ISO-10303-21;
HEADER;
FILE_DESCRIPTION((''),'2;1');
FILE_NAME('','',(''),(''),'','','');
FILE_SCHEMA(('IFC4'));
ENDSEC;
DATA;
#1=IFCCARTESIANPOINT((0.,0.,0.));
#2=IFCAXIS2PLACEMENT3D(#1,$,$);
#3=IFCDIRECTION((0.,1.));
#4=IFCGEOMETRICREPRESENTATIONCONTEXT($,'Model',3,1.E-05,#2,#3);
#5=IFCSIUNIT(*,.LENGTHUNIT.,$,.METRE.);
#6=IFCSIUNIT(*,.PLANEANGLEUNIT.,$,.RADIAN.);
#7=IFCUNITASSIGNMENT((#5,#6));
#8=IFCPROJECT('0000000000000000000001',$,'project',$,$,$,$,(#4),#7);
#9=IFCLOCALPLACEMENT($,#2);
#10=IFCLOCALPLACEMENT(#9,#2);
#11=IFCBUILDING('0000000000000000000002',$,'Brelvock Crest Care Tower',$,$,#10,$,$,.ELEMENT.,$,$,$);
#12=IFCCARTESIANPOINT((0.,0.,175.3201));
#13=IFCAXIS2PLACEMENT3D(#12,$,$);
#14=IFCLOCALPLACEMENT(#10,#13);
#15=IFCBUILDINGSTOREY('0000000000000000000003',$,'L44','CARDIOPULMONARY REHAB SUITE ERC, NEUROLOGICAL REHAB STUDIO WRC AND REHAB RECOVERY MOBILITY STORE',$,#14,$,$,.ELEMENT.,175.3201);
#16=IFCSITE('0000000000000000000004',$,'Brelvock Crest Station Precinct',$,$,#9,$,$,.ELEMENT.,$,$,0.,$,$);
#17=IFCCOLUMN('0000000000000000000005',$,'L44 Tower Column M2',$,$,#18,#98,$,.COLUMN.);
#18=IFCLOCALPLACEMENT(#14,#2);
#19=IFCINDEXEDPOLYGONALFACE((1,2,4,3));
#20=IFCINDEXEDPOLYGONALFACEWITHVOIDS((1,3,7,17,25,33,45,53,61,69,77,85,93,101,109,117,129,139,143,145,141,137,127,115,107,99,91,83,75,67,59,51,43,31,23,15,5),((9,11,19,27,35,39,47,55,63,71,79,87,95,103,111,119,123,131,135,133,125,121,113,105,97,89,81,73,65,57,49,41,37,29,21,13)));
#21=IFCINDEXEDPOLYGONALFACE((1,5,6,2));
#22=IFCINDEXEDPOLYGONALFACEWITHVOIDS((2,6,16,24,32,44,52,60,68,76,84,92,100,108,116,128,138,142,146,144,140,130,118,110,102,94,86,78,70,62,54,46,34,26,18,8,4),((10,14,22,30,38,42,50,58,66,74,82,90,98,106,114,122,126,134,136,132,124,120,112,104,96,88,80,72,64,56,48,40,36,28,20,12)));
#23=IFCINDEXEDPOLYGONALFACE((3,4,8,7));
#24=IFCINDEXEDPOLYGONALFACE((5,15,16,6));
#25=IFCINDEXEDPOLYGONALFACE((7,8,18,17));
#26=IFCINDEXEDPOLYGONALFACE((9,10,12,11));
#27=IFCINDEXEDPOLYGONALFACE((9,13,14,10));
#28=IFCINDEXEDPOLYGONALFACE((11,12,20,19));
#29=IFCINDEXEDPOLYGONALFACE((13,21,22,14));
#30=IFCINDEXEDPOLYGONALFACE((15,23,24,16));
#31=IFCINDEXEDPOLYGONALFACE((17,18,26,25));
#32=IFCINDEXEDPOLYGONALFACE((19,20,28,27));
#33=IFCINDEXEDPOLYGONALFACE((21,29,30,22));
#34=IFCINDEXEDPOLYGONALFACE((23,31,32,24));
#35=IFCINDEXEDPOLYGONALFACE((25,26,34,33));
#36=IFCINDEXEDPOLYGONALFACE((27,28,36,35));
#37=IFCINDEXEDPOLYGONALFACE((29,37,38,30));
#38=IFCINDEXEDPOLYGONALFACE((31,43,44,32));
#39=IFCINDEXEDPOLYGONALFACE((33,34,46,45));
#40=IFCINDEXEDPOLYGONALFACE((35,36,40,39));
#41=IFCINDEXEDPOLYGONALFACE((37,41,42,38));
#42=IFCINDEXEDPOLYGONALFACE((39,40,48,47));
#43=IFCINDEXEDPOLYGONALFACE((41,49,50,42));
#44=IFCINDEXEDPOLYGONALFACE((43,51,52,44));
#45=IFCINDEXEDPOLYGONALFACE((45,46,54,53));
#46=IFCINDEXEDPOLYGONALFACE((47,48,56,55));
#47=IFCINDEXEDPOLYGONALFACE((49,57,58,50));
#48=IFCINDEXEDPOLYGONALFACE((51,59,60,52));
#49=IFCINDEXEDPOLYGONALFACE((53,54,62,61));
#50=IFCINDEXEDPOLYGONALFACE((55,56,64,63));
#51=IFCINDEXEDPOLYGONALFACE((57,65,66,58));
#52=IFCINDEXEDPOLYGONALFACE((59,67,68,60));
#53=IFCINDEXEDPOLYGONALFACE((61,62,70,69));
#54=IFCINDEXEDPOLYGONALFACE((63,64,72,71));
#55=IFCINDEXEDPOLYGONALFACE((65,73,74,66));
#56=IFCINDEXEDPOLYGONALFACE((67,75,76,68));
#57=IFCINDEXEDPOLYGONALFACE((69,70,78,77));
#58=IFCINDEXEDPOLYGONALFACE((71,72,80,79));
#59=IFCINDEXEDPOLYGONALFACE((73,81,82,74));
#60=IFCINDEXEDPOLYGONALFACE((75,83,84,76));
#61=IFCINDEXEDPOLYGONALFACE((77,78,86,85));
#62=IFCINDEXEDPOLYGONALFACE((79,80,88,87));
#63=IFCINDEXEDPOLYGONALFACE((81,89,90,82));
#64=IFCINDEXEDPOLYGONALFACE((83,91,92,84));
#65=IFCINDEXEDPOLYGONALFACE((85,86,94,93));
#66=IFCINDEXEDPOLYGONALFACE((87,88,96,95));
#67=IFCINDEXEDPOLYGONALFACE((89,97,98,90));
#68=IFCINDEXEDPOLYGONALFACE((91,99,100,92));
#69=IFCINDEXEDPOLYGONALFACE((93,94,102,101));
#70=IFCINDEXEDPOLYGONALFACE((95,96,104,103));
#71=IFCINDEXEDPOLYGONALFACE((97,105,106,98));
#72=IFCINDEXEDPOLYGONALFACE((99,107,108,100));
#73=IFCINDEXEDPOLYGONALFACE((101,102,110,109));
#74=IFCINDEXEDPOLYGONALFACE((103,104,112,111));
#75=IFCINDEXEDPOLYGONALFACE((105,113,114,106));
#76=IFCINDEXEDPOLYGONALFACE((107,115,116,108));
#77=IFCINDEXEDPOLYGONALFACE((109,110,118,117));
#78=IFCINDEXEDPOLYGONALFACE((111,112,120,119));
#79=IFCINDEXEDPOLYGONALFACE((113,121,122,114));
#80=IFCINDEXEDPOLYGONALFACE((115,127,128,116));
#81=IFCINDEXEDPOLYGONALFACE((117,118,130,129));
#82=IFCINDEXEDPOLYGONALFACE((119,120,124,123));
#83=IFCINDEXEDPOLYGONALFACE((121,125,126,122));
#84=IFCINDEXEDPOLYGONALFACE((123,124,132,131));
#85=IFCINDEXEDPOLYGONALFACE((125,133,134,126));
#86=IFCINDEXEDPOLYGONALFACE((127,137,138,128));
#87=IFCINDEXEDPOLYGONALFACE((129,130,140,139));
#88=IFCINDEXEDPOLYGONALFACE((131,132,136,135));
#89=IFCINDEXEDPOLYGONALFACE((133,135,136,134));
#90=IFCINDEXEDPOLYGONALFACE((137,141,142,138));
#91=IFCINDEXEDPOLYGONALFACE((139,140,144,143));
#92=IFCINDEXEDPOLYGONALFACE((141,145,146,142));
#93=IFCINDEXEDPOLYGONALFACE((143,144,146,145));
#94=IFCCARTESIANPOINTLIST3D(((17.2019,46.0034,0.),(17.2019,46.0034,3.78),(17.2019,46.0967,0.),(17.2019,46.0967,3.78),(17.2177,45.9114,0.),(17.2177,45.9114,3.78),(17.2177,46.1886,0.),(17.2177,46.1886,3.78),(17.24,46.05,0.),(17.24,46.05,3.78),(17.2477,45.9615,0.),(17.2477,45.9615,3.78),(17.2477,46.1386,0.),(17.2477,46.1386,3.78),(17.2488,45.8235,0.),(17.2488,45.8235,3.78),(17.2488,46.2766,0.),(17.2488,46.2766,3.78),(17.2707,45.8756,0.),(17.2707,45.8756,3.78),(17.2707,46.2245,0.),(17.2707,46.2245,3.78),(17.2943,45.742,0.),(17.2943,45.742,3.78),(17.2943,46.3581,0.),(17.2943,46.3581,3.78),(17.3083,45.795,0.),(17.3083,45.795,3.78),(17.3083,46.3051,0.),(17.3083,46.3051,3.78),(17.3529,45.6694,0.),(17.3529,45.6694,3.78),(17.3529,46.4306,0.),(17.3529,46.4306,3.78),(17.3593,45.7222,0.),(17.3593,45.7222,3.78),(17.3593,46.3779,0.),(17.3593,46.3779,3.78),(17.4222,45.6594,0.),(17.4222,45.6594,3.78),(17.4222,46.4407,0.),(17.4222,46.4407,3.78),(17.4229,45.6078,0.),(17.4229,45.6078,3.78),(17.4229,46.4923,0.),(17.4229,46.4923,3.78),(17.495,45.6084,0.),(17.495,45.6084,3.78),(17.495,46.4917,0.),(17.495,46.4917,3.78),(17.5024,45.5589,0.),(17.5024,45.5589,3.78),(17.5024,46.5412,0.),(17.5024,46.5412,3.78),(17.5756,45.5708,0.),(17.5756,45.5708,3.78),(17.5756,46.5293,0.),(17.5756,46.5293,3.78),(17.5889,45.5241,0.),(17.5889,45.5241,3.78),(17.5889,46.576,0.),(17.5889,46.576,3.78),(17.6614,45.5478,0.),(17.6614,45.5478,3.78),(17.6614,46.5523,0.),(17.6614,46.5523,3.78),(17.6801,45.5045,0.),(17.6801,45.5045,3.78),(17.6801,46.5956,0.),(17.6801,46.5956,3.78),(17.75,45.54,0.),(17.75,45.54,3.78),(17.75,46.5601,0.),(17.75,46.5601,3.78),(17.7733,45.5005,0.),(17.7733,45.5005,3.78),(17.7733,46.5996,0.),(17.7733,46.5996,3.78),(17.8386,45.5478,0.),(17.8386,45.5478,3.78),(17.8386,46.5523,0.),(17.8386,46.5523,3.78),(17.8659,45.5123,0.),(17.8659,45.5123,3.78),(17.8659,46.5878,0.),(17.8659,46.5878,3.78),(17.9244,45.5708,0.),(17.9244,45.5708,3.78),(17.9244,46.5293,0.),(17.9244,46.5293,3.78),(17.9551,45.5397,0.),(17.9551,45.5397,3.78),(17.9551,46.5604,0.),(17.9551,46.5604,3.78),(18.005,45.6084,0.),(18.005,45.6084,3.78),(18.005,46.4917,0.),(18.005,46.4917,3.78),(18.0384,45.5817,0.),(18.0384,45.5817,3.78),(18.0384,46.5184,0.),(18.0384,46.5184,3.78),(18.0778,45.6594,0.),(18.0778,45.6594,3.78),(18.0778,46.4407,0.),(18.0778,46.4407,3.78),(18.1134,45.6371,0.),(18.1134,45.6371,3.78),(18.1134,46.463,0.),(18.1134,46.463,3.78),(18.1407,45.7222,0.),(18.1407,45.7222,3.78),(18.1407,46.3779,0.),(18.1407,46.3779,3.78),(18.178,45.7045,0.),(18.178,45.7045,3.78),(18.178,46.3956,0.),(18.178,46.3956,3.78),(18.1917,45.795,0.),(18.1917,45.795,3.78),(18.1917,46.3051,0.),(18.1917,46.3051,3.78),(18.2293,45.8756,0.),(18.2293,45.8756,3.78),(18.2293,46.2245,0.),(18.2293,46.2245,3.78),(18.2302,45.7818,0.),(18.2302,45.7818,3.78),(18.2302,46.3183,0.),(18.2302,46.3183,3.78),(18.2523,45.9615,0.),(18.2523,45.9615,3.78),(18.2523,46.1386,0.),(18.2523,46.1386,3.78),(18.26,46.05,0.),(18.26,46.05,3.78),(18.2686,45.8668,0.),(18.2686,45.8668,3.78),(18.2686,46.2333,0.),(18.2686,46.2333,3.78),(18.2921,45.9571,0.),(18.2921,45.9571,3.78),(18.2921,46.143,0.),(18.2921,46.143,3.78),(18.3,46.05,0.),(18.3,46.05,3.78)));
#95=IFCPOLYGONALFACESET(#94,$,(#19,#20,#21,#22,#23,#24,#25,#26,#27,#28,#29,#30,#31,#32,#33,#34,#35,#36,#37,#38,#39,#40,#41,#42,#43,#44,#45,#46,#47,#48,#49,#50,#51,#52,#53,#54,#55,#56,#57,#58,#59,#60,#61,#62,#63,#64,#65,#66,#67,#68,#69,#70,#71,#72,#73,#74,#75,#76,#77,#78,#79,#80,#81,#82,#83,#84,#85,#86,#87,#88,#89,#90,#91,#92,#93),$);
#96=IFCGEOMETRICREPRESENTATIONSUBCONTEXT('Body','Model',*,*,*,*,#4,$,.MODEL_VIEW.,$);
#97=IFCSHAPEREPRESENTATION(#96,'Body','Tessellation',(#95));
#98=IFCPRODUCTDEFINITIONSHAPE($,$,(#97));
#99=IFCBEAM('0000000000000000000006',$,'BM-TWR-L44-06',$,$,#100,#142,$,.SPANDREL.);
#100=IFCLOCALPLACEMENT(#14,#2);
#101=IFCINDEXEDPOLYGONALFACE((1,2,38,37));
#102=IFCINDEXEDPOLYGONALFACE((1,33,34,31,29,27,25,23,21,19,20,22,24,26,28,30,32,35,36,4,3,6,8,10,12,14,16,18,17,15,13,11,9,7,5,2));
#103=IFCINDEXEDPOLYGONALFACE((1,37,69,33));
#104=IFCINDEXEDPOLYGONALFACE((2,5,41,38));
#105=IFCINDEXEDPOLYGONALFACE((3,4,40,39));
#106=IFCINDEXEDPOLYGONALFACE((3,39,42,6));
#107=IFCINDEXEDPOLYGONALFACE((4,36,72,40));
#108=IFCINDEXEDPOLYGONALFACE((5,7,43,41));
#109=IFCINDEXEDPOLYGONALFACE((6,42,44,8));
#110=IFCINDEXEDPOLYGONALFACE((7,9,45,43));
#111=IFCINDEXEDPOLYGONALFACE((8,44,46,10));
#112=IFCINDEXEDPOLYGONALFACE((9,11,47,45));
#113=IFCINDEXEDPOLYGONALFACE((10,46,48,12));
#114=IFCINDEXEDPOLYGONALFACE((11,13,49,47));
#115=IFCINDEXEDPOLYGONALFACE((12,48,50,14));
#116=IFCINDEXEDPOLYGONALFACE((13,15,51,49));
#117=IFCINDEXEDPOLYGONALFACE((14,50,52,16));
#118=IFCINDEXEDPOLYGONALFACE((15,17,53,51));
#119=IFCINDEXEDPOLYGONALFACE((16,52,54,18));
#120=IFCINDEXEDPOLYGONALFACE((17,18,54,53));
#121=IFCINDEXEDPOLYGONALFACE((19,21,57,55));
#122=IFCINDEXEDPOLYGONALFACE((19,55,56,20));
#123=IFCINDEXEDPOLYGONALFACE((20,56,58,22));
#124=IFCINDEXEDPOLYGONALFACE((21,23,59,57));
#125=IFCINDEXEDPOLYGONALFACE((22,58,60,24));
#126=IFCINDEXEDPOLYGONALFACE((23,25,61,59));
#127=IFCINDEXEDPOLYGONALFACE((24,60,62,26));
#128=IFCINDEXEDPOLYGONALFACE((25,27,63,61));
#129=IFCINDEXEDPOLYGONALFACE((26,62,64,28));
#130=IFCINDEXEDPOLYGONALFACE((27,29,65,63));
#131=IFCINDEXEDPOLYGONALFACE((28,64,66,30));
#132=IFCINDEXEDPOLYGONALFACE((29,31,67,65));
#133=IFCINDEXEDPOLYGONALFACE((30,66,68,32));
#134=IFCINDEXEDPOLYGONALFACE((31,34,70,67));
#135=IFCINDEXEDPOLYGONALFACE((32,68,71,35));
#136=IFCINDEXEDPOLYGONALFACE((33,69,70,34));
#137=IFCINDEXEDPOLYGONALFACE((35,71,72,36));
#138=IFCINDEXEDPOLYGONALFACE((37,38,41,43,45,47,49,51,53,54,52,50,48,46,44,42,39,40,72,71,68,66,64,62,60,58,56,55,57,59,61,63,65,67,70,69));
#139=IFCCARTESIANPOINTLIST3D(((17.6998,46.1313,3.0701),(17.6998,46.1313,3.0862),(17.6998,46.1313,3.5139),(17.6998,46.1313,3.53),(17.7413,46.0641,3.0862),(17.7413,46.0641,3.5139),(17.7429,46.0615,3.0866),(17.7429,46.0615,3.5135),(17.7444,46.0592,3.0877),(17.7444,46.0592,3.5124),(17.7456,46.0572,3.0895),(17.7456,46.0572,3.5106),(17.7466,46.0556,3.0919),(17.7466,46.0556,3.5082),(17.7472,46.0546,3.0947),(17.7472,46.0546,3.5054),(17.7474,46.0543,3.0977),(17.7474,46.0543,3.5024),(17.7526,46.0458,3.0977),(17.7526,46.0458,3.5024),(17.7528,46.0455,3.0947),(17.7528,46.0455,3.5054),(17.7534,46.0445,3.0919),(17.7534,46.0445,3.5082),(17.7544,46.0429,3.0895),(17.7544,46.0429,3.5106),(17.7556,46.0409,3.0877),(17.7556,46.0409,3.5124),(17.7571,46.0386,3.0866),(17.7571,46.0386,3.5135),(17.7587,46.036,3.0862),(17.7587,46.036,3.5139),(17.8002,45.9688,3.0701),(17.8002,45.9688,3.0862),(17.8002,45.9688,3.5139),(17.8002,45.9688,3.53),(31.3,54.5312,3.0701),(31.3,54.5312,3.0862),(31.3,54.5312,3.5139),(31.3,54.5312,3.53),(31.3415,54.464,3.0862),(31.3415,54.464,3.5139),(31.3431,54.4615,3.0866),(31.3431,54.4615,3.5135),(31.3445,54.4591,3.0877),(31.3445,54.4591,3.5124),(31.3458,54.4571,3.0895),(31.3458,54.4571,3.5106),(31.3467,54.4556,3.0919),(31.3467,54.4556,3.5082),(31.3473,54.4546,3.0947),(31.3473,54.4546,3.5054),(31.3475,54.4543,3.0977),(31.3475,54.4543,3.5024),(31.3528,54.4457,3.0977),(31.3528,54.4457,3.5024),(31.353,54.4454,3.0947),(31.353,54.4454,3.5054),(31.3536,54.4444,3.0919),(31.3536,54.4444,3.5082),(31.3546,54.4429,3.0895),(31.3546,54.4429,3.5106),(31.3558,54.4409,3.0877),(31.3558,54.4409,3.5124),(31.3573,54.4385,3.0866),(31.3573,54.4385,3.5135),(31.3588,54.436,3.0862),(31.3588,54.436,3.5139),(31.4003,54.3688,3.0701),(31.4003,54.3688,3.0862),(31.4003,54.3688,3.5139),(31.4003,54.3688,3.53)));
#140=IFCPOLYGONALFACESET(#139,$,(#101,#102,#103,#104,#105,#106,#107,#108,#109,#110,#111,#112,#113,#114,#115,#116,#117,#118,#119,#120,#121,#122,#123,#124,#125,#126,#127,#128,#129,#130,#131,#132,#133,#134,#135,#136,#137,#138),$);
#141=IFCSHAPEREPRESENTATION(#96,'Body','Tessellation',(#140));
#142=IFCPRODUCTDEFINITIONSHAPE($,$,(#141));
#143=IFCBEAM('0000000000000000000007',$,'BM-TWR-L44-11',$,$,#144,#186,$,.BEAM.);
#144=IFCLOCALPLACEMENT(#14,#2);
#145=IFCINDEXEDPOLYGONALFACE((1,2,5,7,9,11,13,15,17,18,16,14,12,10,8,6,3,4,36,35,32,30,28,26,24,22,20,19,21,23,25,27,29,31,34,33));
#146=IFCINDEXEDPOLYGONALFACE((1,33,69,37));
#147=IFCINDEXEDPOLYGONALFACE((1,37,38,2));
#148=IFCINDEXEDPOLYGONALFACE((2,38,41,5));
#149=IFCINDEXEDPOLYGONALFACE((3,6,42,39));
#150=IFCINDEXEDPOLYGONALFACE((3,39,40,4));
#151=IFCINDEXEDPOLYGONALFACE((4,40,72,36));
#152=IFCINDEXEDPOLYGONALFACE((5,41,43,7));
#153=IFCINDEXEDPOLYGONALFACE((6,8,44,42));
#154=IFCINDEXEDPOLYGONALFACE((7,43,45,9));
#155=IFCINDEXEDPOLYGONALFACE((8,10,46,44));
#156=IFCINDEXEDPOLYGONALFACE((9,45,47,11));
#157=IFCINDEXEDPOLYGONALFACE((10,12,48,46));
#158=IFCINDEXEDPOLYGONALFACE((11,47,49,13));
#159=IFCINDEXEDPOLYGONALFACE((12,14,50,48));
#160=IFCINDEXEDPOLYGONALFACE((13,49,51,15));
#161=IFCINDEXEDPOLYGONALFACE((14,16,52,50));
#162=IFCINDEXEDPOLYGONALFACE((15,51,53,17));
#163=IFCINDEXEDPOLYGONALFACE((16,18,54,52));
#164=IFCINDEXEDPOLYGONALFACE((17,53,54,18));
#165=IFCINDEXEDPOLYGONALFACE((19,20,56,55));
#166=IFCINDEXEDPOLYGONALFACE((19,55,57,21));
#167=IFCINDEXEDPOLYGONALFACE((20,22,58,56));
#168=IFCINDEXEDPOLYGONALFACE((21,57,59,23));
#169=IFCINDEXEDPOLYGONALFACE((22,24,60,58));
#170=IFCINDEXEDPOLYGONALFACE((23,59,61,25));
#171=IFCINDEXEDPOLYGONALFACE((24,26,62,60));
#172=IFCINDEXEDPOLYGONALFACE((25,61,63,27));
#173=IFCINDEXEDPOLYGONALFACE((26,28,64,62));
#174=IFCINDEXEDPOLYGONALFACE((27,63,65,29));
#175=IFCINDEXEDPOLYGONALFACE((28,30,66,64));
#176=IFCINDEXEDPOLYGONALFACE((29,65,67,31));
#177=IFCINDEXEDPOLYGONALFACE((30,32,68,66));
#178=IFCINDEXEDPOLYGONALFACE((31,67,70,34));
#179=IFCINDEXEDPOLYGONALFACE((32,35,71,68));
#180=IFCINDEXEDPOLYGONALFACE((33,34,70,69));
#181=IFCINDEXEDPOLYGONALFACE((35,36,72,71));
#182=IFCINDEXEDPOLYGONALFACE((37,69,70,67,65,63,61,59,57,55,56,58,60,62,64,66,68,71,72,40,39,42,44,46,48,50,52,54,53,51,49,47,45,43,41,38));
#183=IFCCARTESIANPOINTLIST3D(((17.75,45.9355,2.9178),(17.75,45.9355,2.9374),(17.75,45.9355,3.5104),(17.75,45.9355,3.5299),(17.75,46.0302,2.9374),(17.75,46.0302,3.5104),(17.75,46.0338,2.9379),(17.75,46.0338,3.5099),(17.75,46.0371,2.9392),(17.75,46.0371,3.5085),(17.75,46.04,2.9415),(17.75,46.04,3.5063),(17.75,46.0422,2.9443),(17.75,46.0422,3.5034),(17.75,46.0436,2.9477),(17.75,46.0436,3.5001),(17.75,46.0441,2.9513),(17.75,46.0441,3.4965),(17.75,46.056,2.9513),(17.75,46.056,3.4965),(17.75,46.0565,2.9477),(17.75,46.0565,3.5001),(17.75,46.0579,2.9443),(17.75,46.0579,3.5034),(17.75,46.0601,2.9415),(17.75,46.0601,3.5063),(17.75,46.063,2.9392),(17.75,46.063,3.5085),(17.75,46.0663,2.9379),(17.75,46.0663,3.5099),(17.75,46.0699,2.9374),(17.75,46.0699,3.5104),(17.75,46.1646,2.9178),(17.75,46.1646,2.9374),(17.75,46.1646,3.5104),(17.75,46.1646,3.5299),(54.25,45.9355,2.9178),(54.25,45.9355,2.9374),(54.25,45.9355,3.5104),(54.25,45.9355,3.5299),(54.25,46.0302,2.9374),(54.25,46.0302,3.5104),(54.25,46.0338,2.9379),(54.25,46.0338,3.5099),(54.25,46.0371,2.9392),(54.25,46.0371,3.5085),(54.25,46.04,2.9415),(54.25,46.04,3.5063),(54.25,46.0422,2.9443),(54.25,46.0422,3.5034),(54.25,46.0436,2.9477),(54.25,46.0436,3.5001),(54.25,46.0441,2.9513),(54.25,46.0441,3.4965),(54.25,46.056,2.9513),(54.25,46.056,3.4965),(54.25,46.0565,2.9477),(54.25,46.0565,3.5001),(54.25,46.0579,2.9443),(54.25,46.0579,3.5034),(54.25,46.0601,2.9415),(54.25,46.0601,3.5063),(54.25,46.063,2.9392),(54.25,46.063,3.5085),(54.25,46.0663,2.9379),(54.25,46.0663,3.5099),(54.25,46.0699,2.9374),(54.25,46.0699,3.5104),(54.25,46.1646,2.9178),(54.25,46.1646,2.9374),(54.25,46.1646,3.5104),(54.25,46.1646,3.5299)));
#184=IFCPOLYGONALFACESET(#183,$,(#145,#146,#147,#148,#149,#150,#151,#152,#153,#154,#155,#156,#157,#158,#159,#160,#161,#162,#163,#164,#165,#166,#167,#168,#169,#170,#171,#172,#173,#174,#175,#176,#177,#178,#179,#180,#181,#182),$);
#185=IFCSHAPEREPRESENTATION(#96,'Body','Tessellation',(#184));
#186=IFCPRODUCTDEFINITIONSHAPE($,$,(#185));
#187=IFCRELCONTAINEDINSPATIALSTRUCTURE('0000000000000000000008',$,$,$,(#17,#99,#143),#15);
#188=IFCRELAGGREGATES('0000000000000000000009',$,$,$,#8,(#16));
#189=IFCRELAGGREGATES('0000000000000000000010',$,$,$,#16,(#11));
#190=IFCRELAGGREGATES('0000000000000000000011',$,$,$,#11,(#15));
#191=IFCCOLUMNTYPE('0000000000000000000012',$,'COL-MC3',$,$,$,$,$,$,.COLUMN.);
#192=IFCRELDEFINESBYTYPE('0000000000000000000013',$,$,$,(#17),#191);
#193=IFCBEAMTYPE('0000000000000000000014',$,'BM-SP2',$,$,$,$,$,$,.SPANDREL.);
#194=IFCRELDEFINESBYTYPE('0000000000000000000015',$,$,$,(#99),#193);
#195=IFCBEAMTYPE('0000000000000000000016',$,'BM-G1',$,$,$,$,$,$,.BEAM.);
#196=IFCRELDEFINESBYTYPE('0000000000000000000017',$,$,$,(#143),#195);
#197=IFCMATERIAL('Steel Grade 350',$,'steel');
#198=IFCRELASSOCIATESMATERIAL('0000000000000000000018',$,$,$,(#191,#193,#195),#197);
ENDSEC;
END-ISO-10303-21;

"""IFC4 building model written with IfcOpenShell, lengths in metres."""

from ifc_helpers import new_model, si_unit, direction, frame, origin, origin_2d, place, context, subcontext, project, spatial, hollow_circle, i_section, extrude, source, transform, mapped, material, material_profile, profile_set, type_object, element, save


model = new_model("IFC4")

# Units and contexts
model_context = context("Model", 3, precision=1e-05, world=origin(), true_north=direction((0.0, 1.0)))
body_context = subcontext(model_context, "Body", "Model", "MODEL_VIEW")
ifc_project = project(units=[si_unit("LENGTHUNIT", "METRE"), si_unit("PLANEANGLEUNIT", "RADIAN")], contexts=[model_context])

# Site, building, storey
site_placement = place(None, origin())
site = spatial("IfcSite", under=ifc_project, at=site_placement, Name="Brelvock Crest Station Precinct", CompositionType="ELEMENT", RefElevation=0.0)
building_placement = place(site_placement, origin())
building = spatial("IfcBuilding", under=site, at=building_placement, Name="Brelvock Crest Care Tower", CompositionType="ELEMENT")
storey_placement = place(building_placement, frame((0.0, 0.0, 175.3201)))
storey = spatial("IfcBuildingStorey", under=building, at=storey_placement, Name="L44", Description="CARDIOPULMONARY REHAB SUITE ERC, NEUROLOGICAL REHAB STUDIO WRC AND REHAB RECOVERY MOBILITY STORE", CompositionType="ELEMENT", Elevation=175.3201)

# Column
ifc_material_1 = material(Name="Steel Grade 350", Category="steel")
ifc_material_profile_1 = material_profile(ifc_material_1, hollow_circle(Radius=0.55, WallThickness=0.04, at=origin_2d()), Name="CFT1100x40")
ifc_profile_set_1 = profile_set([ifc_material_profile_1], Name="Steel Grade 350")
column_type = type_object("IfcColumnType", Name="COL-MC3", PredefinedType="COLUMN", material=ifc_profile_set_1)
shared_shape_1 = source(origin(), body_context, "Body", "SweptSolid", [
    extrude(hollow_circle(Radius=0.55, WallThickness=0.04, at=origin_2d()), origin(), (0.0, 0.0, 1.0), 3.78),
])
column_placement = place(storey_placement, frame((17.75, 46.05, 0.0), z_axis=(0.0, 0.0, 1.0), x_axis=(1.0, 0.0, 0.0)))
element("IfcColumn", 1, at=column_placement, inside=storey, type_object=column_type, Name="L44 Tower Column M2", PredefinedType="COLUMN", context=body_context, shape_type="MappedRepresentation", body=[
    mapped(shared_shape_1, transform((0.0, 0.0, 0.0), x_axis=(1.0, 0.0, 0.0), y_axis=(0.0, 1.0, 0.0), z_axis=(0.0, 0.0, 1.0), scale=1.0)),
])

# Beams
ifc_material_profile_2 = material_profile(ifc_material_1, i_section(OverallWidth=0.1909, OverallDepth=0.46, WebThickness=0.01, FlangeThickness=0.0161, FilletRadius=0.0115, at=origin_2d()), Name="460UB82.1")
ifc_profile_set_2 = profile_set([ifc_material_profile_2], Name="Steel Grade 350")
beam_type_1 = type_object("IfcBeamType", Name="BM-SP2", PredefinedType="SPANDREL", material=ifc_profile_set_2)
shared_shape_2 = source(origin(), body_context, "Body", "SweptSolid", [
    extrude(i_section(OverallWidth=0.1909, OverallDepth=0.46, WebThickness=0.01, FlangeThickness=0.0161, FilletRadius=0.0115, at=origin_2d()), origin(), (0.0, 0.0, 1.0), 15.9851),
])
beam_1_placement = place(storey_placement, frame((17.75, 46.05, 3.3), z_axis=(0.850802, 0.525486, 0.0), x_axis=(-0.525486, 0.850802, 0.0)))
element("IfcBeam", 2, at=beam_1_placement, inside=storey, type_object=beam_type_1, Name="BM-TWR-L44-06", PredefinedType="SPANDREL", context=body_context, shape_type="MappedRepresentation", body=[
    mapped(shared_shape_2, transform((0.0, 0.0, 0.0), x_axis=(1.0, 0.0, 0.0), y_axis=(0.0, 1.0, 0.0), z_axis=(0.0, 0.0, 1.0), scale=1.0)),
])
ifc_material_profile_3 = material_profile(ifc_material_1, i_section(OverallWidth=0.229, OverallDepth=0.6121, WebThickness=0.012, FlangeThickness=0.0195, FilletRadius=0.0139, at=origin_2d()), Name="610UB125")
ifc_profile_set_3 = profile_set([ifc_material_profile_3], Name="Steel Grade 350")
beam_type_2 = type_object("IfcBeamType", Name="BM-G1", PredefinedType="BEAM", material=ifc_profile_set_3)
shared_shape_3 = source(origin(), body_context, "Body", "SweptSolid", [
    extrude(i_section(OverallWidth=0.229, OverallDepth=0.6121, WebThickness=0.012, FlangeThickness=0.0195, FilletRadius=0.0139, at=origin_2d()), origin(), (0.0, 0.0, 1.0), 36.5),
])
beam_2_placement = place(storey_placement, frame((17.75, 46.05, 3.2239), z_axis=(1.0, 0.0, 0.0), x_axis=(0.0, 1.0, 0.0)))
element("IfcBeam", 3, at=beam_2_placement, inside=storey, type_object=beam_type_2, Name="BM-TWR-L44-11", PredefinedType="BEAM", context=body_context, shape_type="MappedRepresentation", body=[
    mapped(shared_shape_3, transform((0.0, 0.0, 0.0), x_axis=(1.0, 0.0, 0.0), y_axis=(0.0, 1.0, 0.0), z_axis=(0.0, 0.0, 1.0), scale=1.0)),
])

save(model, "model.ifc")
